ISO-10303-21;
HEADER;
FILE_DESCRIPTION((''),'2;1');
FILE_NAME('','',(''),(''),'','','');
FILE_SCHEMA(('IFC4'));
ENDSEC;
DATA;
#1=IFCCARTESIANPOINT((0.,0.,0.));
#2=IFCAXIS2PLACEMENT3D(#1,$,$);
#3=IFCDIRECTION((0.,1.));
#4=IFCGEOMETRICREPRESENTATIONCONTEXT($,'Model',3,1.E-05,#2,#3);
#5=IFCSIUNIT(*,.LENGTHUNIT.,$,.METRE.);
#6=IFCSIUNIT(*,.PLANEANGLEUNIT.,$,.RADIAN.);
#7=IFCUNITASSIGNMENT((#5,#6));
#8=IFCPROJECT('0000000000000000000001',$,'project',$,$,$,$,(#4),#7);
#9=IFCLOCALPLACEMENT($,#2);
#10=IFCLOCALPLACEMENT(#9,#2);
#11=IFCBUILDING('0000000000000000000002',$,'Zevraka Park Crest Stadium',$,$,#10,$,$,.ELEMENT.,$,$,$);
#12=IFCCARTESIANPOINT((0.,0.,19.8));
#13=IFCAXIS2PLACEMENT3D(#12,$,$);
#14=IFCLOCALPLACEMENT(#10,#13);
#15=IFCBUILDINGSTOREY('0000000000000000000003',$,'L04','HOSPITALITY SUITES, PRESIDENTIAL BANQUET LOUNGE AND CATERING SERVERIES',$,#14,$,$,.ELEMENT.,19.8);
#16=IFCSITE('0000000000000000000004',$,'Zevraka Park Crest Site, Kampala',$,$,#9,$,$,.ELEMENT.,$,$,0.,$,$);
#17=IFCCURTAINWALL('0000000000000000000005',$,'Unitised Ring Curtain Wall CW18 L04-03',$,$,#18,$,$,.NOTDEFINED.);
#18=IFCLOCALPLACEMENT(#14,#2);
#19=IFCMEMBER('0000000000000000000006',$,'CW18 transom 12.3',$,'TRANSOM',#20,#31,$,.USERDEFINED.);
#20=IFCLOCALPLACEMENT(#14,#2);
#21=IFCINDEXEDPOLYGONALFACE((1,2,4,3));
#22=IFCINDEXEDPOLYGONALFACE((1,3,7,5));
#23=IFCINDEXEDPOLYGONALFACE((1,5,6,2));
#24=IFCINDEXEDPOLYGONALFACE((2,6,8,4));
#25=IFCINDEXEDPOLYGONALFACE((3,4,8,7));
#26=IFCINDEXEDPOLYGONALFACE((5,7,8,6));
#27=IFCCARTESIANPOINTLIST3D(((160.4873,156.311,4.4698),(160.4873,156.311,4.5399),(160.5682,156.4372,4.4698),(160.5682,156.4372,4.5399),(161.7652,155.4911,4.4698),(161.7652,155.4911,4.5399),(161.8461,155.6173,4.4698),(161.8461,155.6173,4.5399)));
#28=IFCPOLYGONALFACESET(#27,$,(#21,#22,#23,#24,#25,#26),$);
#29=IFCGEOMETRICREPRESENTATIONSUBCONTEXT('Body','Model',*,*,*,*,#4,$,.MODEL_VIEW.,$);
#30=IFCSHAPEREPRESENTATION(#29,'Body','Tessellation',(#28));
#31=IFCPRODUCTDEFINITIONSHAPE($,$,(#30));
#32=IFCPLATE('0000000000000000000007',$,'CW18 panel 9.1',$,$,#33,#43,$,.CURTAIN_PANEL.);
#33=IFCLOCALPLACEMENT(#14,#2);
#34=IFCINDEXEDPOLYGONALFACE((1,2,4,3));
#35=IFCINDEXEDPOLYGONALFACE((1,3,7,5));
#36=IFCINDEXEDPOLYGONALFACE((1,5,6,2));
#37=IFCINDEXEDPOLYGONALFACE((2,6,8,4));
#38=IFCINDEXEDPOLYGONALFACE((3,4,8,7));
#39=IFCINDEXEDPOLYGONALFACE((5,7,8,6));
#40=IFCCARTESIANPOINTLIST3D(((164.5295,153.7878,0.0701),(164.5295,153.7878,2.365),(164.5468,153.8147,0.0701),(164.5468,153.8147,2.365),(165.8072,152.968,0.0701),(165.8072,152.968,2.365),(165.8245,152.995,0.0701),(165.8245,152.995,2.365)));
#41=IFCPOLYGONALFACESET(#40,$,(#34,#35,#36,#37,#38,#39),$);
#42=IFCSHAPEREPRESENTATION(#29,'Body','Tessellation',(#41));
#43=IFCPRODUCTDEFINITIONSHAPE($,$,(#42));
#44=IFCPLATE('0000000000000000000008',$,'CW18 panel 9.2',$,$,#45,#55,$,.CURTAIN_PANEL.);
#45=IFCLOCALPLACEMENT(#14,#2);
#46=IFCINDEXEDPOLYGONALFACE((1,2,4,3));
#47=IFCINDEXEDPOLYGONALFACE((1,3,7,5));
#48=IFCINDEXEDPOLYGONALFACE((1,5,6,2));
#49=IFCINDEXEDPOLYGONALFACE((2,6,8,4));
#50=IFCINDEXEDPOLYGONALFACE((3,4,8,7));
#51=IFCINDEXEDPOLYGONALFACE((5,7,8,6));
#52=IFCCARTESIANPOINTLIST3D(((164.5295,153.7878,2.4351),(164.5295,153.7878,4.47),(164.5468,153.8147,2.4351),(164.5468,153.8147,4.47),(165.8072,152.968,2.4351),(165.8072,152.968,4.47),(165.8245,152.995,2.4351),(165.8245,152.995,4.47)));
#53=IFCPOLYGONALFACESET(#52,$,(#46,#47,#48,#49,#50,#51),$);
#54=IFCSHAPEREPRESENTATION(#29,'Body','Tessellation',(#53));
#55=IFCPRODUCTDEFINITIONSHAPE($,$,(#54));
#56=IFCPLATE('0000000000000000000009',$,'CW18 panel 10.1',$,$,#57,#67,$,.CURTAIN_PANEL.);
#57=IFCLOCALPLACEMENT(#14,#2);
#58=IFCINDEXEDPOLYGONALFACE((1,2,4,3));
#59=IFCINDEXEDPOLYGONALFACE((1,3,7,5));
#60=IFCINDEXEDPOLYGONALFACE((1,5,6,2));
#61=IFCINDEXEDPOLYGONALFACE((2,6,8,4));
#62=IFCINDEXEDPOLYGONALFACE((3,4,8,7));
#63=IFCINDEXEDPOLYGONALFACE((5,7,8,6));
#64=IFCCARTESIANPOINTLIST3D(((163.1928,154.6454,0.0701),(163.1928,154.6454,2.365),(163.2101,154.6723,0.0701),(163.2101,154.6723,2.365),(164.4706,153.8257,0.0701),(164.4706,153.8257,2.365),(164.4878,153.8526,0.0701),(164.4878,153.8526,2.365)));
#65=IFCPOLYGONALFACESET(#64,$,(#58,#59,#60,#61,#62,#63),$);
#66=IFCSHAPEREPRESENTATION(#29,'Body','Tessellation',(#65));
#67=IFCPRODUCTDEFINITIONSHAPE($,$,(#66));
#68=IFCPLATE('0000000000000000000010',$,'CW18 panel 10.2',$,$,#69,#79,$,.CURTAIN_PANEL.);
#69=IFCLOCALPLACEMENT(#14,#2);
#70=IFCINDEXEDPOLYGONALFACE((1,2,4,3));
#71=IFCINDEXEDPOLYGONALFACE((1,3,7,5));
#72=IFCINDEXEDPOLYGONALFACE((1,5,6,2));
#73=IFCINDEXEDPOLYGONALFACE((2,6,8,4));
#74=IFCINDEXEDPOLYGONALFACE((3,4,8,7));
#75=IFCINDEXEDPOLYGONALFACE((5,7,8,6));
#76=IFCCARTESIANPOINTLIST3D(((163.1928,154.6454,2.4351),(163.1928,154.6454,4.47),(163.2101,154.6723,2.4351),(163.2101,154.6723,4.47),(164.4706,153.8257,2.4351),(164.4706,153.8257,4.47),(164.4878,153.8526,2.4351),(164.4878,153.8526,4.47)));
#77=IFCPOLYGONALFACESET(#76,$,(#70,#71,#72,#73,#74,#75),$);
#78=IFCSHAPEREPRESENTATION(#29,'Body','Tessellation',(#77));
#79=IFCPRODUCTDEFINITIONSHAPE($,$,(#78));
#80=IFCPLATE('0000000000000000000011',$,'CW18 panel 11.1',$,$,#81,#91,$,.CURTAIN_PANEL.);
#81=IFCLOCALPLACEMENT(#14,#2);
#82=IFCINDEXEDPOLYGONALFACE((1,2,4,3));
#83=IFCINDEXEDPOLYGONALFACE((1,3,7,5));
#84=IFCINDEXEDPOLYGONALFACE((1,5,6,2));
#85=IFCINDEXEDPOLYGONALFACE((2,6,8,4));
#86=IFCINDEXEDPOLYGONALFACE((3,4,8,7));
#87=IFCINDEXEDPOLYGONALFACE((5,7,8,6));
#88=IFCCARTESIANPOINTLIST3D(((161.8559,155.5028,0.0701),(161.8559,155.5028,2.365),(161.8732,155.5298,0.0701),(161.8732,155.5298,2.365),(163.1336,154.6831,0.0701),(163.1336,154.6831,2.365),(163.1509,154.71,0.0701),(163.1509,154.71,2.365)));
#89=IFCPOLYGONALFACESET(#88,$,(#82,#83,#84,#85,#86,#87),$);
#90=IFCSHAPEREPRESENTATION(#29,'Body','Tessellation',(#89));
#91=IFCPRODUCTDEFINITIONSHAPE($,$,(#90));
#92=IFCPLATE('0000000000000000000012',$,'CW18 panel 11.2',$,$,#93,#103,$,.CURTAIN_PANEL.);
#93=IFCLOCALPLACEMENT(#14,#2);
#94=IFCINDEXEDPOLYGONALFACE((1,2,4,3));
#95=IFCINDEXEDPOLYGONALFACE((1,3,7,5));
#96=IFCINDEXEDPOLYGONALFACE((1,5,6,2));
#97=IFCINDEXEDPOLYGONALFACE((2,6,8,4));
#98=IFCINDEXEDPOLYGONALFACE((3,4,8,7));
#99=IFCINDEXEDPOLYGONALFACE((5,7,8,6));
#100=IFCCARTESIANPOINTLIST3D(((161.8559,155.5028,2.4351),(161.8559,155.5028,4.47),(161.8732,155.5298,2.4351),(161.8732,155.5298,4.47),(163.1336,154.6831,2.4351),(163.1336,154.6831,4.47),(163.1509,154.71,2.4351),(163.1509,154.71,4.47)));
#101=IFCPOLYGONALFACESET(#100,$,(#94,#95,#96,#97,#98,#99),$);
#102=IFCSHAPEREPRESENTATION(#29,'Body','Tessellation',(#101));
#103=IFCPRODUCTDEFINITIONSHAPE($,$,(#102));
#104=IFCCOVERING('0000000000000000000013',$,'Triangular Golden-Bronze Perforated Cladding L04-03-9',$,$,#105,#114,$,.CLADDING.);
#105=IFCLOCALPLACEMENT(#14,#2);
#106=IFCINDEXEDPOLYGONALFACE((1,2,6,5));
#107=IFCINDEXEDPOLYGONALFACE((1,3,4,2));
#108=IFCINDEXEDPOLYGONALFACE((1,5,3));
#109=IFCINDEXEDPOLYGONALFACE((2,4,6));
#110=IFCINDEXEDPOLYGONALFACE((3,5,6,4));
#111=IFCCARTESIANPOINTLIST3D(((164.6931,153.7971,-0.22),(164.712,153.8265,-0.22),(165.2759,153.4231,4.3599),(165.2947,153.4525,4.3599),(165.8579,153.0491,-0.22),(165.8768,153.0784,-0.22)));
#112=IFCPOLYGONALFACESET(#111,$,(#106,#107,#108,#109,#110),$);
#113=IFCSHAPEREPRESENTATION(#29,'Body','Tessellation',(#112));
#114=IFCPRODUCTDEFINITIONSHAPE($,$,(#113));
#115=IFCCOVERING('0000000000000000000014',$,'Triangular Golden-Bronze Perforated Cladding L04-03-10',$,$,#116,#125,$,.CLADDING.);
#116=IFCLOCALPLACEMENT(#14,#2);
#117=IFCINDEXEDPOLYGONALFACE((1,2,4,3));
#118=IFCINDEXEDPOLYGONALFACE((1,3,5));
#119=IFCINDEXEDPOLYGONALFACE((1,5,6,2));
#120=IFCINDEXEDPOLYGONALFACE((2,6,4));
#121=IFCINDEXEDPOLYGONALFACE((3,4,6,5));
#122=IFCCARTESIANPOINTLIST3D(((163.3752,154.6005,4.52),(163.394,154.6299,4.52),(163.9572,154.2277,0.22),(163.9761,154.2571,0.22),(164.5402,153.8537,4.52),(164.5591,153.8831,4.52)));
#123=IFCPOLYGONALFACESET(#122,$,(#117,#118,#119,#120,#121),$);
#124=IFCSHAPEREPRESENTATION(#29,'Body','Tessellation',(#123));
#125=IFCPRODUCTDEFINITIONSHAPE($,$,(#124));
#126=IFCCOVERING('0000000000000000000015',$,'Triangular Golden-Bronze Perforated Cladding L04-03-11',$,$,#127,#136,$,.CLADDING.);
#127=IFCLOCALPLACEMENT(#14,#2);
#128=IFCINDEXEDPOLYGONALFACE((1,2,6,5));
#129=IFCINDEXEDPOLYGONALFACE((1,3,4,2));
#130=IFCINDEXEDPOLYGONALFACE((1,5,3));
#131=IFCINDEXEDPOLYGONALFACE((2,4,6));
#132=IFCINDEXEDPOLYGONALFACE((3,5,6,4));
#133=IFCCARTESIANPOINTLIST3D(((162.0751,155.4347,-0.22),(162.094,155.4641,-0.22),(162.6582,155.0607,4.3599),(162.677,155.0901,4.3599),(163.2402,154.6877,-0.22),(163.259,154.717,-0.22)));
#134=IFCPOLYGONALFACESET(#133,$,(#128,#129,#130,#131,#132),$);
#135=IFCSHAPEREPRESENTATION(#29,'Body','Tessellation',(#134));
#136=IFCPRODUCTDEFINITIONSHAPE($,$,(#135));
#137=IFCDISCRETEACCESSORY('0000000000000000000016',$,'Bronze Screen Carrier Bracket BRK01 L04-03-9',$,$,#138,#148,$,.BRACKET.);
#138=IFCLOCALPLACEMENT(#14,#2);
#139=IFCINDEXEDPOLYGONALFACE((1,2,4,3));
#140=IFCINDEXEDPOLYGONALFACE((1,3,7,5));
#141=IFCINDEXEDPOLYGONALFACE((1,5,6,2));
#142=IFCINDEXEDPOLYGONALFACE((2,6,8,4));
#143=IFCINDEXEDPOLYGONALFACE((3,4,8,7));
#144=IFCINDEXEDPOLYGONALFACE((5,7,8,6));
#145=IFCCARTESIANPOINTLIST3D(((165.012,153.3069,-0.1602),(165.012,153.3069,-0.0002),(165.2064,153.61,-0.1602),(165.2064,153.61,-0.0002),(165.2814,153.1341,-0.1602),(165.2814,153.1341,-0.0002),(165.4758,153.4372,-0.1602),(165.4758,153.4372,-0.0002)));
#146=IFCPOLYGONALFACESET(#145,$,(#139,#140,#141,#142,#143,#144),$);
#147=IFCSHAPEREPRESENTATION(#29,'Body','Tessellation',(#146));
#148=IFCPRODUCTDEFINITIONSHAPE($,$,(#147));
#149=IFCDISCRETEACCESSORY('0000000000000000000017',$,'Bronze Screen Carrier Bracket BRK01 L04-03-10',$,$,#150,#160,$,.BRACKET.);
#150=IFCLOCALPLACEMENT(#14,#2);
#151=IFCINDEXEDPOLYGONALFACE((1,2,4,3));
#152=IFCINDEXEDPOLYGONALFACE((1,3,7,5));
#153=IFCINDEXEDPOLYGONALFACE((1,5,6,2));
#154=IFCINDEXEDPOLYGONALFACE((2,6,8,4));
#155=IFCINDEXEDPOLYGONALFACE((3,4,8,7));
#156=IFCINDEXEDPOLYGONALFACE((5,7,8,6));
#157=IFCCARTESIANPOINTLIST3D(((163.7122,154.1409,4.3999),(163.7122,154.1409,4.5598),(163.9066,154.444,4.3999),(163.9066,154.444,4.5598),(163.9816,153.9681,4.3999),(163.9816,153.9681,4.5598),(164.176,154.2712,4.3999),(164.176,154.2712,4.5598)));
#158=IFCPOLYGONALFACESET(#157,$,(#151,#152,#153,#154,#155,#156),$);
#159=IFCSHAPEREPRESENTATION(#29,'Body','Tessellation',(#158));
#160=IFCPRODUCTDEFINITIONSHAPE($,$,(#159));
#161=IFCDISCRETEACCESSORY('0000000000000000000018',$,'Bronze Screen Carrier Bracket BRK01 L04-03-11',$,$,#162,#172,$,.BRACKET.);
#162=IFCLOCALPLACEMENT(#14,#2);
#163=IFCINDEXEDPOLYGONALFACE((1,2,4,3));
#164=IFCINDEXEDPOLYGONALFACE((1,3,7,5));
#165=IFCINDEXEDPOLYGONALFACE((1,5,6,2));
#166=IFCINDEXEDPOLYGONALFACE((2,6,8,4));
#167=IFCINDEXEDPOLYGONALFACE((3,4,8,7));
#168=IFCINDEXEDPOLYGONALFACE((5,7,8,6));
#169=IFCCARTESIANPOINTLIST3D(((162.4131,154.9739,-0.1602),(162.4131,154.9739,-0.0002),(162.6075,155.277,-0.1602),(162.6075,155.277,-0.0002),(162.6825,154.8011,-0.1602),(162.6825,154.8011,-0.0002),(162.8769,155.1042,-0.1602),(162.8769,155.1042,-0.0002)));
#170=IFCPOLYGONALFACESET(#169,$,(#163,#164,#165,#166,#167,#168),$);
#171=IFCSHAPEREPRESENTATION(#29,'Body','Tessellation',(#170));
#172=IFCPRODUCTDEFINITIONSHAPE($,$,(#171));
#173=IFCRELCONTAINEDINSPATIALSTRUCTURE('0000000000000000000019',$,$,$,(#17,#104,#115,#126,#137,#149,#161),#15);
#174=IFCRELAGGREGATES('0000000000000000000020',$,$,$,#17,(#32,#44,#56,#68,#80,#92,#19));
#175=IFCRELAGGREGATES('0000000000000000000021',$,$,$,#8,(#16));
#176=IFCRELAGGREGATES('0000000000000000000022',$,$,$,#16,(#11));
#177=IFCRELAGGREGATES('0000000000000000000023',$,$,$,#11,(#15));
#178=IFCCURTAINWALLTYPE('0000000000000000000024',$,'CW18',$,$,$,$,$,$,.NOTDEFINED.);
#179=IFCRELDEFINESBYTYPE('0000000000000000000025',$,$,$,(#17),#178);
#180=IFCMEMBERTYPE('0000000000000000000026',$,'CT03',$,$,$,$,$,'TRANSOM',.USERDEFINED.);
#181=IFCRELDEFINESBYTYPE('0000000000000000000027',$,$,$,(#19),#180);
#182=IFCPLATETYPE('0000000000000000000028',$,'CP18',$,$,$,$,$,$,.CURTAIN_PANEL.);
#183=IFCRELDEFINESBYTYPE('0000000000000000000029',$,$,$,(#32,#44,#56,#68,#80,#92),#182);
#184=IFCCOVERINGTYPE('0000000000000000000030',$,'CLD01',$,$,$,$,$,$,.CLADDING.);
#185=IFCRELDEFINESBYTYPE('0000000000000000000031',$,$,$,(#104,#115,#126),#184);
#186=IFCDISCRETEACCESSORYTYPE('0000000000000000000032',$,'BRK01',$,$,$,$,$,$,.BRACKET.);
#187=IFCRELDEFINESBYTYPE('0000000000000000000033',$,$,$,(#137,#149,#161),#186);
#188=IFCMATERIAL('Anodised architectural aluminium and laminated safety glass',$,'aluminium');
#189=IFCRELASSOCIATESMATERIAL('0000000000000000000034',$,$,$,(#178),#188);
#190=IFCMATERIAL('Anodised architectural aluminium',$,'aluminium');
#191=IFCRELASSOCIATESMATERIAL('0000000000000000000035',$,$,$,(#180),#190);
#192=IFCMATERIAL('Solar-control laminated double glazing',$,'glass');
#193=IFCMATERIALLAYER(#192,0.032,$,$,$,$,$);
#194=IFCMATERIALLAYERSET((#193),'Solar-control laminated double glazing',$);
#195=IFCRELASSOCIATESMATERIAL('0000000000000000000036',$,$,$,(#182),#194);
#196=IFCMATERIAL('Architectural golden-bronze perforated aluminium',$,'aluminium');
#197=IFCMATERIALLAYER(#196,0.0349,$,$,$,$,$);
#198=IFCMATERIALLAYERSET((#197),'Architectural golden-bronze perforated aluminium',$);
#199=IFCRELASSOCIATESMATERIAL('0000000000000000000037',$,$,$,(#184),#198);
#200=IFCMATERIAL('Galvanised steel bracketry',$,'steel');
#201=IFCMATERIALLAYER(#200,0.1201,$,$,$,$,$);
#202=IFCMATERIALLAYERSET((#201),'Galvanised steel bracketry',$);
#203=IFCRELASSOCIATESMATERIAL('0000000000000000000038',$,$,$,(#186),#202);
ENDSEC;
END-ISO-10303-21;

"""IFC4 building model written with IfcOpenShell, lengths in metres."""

from ifc_helpers import new_model, si_unit, direction, frame, origin, origin_2d, place, context, subcontext, project, spatial, polyline, rectangle, outline, extrude, material, layer, layer_set, material_profile, profile_set, type_object, element, aggregate, save


model = new_model("IFC4")

# Units and contexts
model_context = context("Model", 3, precision=1e-05, world=origin(), true_north=direction((0.0, 1.0)))
body_context = subcontext(model_context, "Body", "Model", "MODEL_VIEW")
ifc_project = project(units=[si_unit("LENGTHUNIT", "METRE"), si_unit("PLANEANGLEUNIT", "RADIAN")], contexts=[model_context])

# Site, building, storey
site_placement = place(None, origin())
site = spatial("IfcSite", under=ifc_project, at=site_placement, Name="Zevraka Park Crest Site, Kampala", CompositionType="ELEMENT", RefElevation=0.0)
building_placement = place(site_placement, origin())
building = spatial("IfcBuilding", under=site, at=building_placement, Name="Zevraka Park Crest Stadium", CompositionType="ELEMENT")
storey_placement = place(building_placement, frame((0.0, 0.0, 19.8)))
storey = spatial("IfcBuildingStorey", under=building, at=storey_placement, Name="L04", Description="HOSPITALITY SUITES, PRESIDENTIAL BANQUET LOUNGE AND CATERING SERVERIES", CompositionType="ELEMENT", Elevation=19.8)

# Curtain wall, member, plates
ifc_material_1 = material(Name="Anodised architectural aluminium and laminated safety glass", Category="aluminium")
curtain_wall_type = type_object("IfcCurtainWallType", Name="CW18", PredefinedType="NOTDEFINED", material=ifc_material_1)
curtain_wall_placement = place(storey_placement, origin())
curtain_wall = element("IfcCurtainWall", 1, at=curtain_wall_placement, inside=storey, type_object=curtain_wall_type, Name="Unitised Ring Curtain Wall CW18 L04-03", PredefinedType="NOTDEFINED")
ifc_material_2 = material(Name="Anodised architectural aluminium", Category="aluminium")
ifc_material_profile_1 = material_profile(ifc_material_2, rectangle(XDim=0.1499, YDim=0.0701, at=origin_2d()), Name="ALU TRANSOM 150x70")
ifc_profile_set_1 = profile_set([ifc_material_profile_1], Name="Anodised architectural aluminium")
member_type_1 = type_object("IfcMemberType", Name="CT03", ElementType="TRANSOM", PredefinedType="USERDEFINED", material=ifc_profile_set_1)
member_1_placement = place(storey_placement, frame((161.8057, 155.5542, 4.5049), z_axis=(-0.841669, 0.539993, 0.0), x_axis=(-0.539993, -0.841669, 0.0)))
member_1 = element("IfcMember", 2, at=member_1_placement, type_object=member_type_1, Name="CW18 transom 12.3", ObjectType="TRANSOM", PredefinedType="USERDEFINED", context=body_context, shape_type="SweptSolid", body=[
    extrude(rectangle(XDim=0.1499, YDim=0.0701, at=origin_2d()), origin(), (0.0, 0.0, 1.0), 1.5183),
])
ifc_material_3 = material(Name="Solar-control laminated double glazing", Category="glass")
ifc_layer_1 = layer(ifc_material_3, 0.032)
ifc_layer_set_1 = layer_set([ifc_layer_1], Name="Solar-control laminated double glazing")
plate_type = type_object("IfcPlateType", Name="CP18", PredefinedType="CURTAIN_PANEL", material=ifc_layer_set_1)
plate_1_placement = place(storey_placement, frame((165.177, 153.3914, 0.0701), z_axis=(0.0, 0.0, 1.0), x_axis=(-0.841678, 0.53998, 0.0)))
plate_1 = element("IfcPlate", 3, at=plate_1_placement, type_object=plate_type, Name="CW18 panel 9.1", PredefinedType="CURTAIN_PANEL", context=body_context, shape_type="SweptSolid", body=[
    extrude(rectangle(XDim=1.5181, YDim=0.032, at=origin_2d()), origin(), (0.0, 0.0, 1.0), 2.2949),
])
plate_2_placement = place(storey_placement, frame((165.177, 153.3914, 2.4351), z_axis=(0.0, 0.0, 1.0), x_axis=(-0.841678, 0.53998, 0.0)))
plate_2 = element("IfcPlate", 4, at=plate_2_placement, type_object=plate_type, Name="CW18 panel 9.2", PredefinedType="CURTAIN_PANEL", context=body_context, shape_type="SweptSolid", body=[
    extrude(rectangle(XDim=1.5181, YDim=0.032, at=origin_2d()), origin(), (0.0, 0.0, 1.0), 2.0349),
])
plate_3_placement = place(storey_placement, frame((163.8403, 154.249, 0.0701), z_axis=(0.0, 0.0, 1.0), x_axis=(-0.841678, 0.53998, 0.0)))
plate_3 = element("IfcPlate", 5, at=plate_3_placement, type_object=plate_type, Name="CW18 panel 10.1", PredefinedType="CURTAIN_PANEL", context=body_context, shape_type="SweptSolid", body=[
    extrude(rectangle(XDim=1.5181, YDim=0.032, at=origin_2d()), origin(), (0.0, 0.0, 1.0), 2.2949),
])
plate_4_placement = place(storey_placement, frame((163.8403, 154.249, 2.4351), z_axis=(0.0, 0.0, 1.0), x_axis=(-0.841678, 0.53998, 0.0)))
plate_4 = element("IfcPlate", 6, at=plate_4_placement, type_object=plate_type, Name="CW18 panel 10.2", PredefinedType="CURTAIN_PANEL", context=body_context, shape_type="SweptSolid", body=[
    extrude(rectangle(XDim=1.5181, YDim=0.032, at=origin_2d()), origin(), (0.0, 0.0, 1.0), 2.0349),
])
plate_5_placement = place(storey_placement, frame((162.5034, 155.1064, 0.0701), z_axis=(0.0, 0.0, 1.0), x_axis=(-0.841678, 0.53998, 0.0)))
plate_5 = element("IfcPlate", 7, at=plate_5_placement, type_object=plate_type, Name="CW18 panel 11.1", PredefinedType="CURTAIN_PANEL", context=body_context, shape_type="SweptSolid", body=[
    extrude(rectangle(XDim=1.5181, YDim=0.032, at=origin_2d()), origin(), (0.0, 0.0, 1.0), 2.2949),
])
plate_6_placement = place(storey_placement, frame((162.5034, 155.1064, 2.4351), z_axis=(0.0, 0.0, 1.0), x_axis=(-0.841678, 0.53998, 0.0)))
plate_6 = element("IfcPlate", 8, at=plate_6_placement, type_object=plate_type, Name="CW18 panel 11.2", PredefinedType="CURTAIN_PANEL", context=body_context, shape_type="SweptSolid", body=[
    extrude(rectangle(XDim=1.5181, YDim=0.032, at=origin_2d()), origin(), (0.0, 0.0, 1.0), 2.0349),
])
aggregate(curtain_wall, [plate_1, plate_2, plate_3, plate_4, plate_5, plate_6, member_1])

# Coverings
ifc_material_4 = material(Name="Architectural golden-bronze perforated aluminium", Category="aluminium")
ifc_layer_2 = layer(ifc_material_4, 0.0349)
ifc_layer_set_2 = layer_set([ifc_layer_2], Name="Architectural golden-bronze perforated aluminium")
covering_type = type_object("IfcCoveringType", Name="CLD01", PredefinedType="CLADDING", material=ifc_layer_set_2)
covering_1_placement = place(storey_placement, frame((165.8579, 153.0491, -0.22), z_axis=(-0.540374, -0.841425, 0.000043), x_axis=(-0.841425, 0.540374, 0.0)))
element("IfcCovering", 9, at=covering_1_placement, inside=storey, type_object=covering_type, Name="Triangular Golden-Bronze Perforated Cladding L04-03-9", PredefinedType="CLADDING", context=body_context, shape_type="SweptSolid", body=[
    extrude(outline(polyline([(0.0, 0.0), (1.3843, 0.0), (0.6918, -4.5798), (0.0, 0.0)])), origin(), (0.0, 0.0, -1.0), 0.0349),
])
covering_2_placement = place(storey_placement, frame((163.394, 154.6299, 4.52), z_axis=(0.539669, 0.841877, 0.000058), x_axis=(0.841877, -0.539669, 0.0)))
element("IfcCovering", 10, at=covering_2_placement, inside=storey, type_object=covering_type, Name="Triangular Golden-Bronze Perforated Cladding L04-03-10", PredefinedType="CLADDING", context=body_context, shape_type="SweptSolid", body=[
    extrude(outline(polyline([(0.0, 0.0), (1.3839, 0.0), (0.6912, 4.3), (0.0, 0.0)])), origin(), (0.0, 0.0, -1.0), 0.0349),
])
covering_3_placement = place(storey_placement, frame((163.259, 154.717, -0.22), z_axis=(0.539794, 0.841797, 0.000032), x_axis=(-0.841797, 0.539794, 0.0)))
element("IfcCovering", 11, at=covering_3_placement, inside=storey, type_object=covering_type, Name="Triangular Golden-Bronze Perforated Cladding L04-03-11", PredefinedType="CLADDING", context=body_context, shape_type="SweptSolid", body=[
    extrude(outline(polyline([(0.0, 0.0), (1.384, 0.0), (0.6913, 4.5798), (0.0, 0.0)])), origin(), (0.0, 0.0, -1.0), 0.0349),
])

# Discrete accessories
ifc_material_5 = material(Name="Galvanised steel bracketry", Category="steel")
ifc_layer_3 = layer(ifc_material_5, 0.1201)
ifc_layer_set_3 = layer_set([ifc_layer_3], Name="Galvanised steel bracketry")
discrete_accessory_type = type_object("IfcDiscreteAccessoryType", Name="BRK01", PredefinedType="BRACKET", material=ifc_layer_set_3)
for number, where, z_axis, x_axis, name in (
    (12, (165.2439, 153.3721, -0.1602), (0.0, 0.0, 1.0), (-0.841699, 0.539947, 0.0), "Bronze Screen Carrier Bracket BRK01 L04-03-9"),
    (13, (163.9441, 154.2061, 4.3999), (0.0, 0.0, 1.0), (-0.841699, 0.539947, 0.0), "Bronze Screen Carrier Bracket BRK01 L04-03-10"),
    (14, (162.645, 155.0391, -0.1602), (0.0, 0.0, 1.0), (-0.841699, 0.539947, 0.0), "Bronze Screen Carrier Bracket BRK01 L04-03-11"),
):
    element("IfcDiscreteAccessory", number, at=place(storey_placement, frame(where, z_axis=z_axis, x_axis=x_axis)), inside=storey, type_object=discrete_accessory_type, Name=name, PredefinedType="BRACKET", context=body_context, shape_type="SweptSolid", body=[
        extrude(rectangle(XDim=0.3201, YDim=0.3601, at=origin_2d()), origin(), (0.0, 0.0, 1.0), 0.1599),
    ])

save(model, "model.ifc")
